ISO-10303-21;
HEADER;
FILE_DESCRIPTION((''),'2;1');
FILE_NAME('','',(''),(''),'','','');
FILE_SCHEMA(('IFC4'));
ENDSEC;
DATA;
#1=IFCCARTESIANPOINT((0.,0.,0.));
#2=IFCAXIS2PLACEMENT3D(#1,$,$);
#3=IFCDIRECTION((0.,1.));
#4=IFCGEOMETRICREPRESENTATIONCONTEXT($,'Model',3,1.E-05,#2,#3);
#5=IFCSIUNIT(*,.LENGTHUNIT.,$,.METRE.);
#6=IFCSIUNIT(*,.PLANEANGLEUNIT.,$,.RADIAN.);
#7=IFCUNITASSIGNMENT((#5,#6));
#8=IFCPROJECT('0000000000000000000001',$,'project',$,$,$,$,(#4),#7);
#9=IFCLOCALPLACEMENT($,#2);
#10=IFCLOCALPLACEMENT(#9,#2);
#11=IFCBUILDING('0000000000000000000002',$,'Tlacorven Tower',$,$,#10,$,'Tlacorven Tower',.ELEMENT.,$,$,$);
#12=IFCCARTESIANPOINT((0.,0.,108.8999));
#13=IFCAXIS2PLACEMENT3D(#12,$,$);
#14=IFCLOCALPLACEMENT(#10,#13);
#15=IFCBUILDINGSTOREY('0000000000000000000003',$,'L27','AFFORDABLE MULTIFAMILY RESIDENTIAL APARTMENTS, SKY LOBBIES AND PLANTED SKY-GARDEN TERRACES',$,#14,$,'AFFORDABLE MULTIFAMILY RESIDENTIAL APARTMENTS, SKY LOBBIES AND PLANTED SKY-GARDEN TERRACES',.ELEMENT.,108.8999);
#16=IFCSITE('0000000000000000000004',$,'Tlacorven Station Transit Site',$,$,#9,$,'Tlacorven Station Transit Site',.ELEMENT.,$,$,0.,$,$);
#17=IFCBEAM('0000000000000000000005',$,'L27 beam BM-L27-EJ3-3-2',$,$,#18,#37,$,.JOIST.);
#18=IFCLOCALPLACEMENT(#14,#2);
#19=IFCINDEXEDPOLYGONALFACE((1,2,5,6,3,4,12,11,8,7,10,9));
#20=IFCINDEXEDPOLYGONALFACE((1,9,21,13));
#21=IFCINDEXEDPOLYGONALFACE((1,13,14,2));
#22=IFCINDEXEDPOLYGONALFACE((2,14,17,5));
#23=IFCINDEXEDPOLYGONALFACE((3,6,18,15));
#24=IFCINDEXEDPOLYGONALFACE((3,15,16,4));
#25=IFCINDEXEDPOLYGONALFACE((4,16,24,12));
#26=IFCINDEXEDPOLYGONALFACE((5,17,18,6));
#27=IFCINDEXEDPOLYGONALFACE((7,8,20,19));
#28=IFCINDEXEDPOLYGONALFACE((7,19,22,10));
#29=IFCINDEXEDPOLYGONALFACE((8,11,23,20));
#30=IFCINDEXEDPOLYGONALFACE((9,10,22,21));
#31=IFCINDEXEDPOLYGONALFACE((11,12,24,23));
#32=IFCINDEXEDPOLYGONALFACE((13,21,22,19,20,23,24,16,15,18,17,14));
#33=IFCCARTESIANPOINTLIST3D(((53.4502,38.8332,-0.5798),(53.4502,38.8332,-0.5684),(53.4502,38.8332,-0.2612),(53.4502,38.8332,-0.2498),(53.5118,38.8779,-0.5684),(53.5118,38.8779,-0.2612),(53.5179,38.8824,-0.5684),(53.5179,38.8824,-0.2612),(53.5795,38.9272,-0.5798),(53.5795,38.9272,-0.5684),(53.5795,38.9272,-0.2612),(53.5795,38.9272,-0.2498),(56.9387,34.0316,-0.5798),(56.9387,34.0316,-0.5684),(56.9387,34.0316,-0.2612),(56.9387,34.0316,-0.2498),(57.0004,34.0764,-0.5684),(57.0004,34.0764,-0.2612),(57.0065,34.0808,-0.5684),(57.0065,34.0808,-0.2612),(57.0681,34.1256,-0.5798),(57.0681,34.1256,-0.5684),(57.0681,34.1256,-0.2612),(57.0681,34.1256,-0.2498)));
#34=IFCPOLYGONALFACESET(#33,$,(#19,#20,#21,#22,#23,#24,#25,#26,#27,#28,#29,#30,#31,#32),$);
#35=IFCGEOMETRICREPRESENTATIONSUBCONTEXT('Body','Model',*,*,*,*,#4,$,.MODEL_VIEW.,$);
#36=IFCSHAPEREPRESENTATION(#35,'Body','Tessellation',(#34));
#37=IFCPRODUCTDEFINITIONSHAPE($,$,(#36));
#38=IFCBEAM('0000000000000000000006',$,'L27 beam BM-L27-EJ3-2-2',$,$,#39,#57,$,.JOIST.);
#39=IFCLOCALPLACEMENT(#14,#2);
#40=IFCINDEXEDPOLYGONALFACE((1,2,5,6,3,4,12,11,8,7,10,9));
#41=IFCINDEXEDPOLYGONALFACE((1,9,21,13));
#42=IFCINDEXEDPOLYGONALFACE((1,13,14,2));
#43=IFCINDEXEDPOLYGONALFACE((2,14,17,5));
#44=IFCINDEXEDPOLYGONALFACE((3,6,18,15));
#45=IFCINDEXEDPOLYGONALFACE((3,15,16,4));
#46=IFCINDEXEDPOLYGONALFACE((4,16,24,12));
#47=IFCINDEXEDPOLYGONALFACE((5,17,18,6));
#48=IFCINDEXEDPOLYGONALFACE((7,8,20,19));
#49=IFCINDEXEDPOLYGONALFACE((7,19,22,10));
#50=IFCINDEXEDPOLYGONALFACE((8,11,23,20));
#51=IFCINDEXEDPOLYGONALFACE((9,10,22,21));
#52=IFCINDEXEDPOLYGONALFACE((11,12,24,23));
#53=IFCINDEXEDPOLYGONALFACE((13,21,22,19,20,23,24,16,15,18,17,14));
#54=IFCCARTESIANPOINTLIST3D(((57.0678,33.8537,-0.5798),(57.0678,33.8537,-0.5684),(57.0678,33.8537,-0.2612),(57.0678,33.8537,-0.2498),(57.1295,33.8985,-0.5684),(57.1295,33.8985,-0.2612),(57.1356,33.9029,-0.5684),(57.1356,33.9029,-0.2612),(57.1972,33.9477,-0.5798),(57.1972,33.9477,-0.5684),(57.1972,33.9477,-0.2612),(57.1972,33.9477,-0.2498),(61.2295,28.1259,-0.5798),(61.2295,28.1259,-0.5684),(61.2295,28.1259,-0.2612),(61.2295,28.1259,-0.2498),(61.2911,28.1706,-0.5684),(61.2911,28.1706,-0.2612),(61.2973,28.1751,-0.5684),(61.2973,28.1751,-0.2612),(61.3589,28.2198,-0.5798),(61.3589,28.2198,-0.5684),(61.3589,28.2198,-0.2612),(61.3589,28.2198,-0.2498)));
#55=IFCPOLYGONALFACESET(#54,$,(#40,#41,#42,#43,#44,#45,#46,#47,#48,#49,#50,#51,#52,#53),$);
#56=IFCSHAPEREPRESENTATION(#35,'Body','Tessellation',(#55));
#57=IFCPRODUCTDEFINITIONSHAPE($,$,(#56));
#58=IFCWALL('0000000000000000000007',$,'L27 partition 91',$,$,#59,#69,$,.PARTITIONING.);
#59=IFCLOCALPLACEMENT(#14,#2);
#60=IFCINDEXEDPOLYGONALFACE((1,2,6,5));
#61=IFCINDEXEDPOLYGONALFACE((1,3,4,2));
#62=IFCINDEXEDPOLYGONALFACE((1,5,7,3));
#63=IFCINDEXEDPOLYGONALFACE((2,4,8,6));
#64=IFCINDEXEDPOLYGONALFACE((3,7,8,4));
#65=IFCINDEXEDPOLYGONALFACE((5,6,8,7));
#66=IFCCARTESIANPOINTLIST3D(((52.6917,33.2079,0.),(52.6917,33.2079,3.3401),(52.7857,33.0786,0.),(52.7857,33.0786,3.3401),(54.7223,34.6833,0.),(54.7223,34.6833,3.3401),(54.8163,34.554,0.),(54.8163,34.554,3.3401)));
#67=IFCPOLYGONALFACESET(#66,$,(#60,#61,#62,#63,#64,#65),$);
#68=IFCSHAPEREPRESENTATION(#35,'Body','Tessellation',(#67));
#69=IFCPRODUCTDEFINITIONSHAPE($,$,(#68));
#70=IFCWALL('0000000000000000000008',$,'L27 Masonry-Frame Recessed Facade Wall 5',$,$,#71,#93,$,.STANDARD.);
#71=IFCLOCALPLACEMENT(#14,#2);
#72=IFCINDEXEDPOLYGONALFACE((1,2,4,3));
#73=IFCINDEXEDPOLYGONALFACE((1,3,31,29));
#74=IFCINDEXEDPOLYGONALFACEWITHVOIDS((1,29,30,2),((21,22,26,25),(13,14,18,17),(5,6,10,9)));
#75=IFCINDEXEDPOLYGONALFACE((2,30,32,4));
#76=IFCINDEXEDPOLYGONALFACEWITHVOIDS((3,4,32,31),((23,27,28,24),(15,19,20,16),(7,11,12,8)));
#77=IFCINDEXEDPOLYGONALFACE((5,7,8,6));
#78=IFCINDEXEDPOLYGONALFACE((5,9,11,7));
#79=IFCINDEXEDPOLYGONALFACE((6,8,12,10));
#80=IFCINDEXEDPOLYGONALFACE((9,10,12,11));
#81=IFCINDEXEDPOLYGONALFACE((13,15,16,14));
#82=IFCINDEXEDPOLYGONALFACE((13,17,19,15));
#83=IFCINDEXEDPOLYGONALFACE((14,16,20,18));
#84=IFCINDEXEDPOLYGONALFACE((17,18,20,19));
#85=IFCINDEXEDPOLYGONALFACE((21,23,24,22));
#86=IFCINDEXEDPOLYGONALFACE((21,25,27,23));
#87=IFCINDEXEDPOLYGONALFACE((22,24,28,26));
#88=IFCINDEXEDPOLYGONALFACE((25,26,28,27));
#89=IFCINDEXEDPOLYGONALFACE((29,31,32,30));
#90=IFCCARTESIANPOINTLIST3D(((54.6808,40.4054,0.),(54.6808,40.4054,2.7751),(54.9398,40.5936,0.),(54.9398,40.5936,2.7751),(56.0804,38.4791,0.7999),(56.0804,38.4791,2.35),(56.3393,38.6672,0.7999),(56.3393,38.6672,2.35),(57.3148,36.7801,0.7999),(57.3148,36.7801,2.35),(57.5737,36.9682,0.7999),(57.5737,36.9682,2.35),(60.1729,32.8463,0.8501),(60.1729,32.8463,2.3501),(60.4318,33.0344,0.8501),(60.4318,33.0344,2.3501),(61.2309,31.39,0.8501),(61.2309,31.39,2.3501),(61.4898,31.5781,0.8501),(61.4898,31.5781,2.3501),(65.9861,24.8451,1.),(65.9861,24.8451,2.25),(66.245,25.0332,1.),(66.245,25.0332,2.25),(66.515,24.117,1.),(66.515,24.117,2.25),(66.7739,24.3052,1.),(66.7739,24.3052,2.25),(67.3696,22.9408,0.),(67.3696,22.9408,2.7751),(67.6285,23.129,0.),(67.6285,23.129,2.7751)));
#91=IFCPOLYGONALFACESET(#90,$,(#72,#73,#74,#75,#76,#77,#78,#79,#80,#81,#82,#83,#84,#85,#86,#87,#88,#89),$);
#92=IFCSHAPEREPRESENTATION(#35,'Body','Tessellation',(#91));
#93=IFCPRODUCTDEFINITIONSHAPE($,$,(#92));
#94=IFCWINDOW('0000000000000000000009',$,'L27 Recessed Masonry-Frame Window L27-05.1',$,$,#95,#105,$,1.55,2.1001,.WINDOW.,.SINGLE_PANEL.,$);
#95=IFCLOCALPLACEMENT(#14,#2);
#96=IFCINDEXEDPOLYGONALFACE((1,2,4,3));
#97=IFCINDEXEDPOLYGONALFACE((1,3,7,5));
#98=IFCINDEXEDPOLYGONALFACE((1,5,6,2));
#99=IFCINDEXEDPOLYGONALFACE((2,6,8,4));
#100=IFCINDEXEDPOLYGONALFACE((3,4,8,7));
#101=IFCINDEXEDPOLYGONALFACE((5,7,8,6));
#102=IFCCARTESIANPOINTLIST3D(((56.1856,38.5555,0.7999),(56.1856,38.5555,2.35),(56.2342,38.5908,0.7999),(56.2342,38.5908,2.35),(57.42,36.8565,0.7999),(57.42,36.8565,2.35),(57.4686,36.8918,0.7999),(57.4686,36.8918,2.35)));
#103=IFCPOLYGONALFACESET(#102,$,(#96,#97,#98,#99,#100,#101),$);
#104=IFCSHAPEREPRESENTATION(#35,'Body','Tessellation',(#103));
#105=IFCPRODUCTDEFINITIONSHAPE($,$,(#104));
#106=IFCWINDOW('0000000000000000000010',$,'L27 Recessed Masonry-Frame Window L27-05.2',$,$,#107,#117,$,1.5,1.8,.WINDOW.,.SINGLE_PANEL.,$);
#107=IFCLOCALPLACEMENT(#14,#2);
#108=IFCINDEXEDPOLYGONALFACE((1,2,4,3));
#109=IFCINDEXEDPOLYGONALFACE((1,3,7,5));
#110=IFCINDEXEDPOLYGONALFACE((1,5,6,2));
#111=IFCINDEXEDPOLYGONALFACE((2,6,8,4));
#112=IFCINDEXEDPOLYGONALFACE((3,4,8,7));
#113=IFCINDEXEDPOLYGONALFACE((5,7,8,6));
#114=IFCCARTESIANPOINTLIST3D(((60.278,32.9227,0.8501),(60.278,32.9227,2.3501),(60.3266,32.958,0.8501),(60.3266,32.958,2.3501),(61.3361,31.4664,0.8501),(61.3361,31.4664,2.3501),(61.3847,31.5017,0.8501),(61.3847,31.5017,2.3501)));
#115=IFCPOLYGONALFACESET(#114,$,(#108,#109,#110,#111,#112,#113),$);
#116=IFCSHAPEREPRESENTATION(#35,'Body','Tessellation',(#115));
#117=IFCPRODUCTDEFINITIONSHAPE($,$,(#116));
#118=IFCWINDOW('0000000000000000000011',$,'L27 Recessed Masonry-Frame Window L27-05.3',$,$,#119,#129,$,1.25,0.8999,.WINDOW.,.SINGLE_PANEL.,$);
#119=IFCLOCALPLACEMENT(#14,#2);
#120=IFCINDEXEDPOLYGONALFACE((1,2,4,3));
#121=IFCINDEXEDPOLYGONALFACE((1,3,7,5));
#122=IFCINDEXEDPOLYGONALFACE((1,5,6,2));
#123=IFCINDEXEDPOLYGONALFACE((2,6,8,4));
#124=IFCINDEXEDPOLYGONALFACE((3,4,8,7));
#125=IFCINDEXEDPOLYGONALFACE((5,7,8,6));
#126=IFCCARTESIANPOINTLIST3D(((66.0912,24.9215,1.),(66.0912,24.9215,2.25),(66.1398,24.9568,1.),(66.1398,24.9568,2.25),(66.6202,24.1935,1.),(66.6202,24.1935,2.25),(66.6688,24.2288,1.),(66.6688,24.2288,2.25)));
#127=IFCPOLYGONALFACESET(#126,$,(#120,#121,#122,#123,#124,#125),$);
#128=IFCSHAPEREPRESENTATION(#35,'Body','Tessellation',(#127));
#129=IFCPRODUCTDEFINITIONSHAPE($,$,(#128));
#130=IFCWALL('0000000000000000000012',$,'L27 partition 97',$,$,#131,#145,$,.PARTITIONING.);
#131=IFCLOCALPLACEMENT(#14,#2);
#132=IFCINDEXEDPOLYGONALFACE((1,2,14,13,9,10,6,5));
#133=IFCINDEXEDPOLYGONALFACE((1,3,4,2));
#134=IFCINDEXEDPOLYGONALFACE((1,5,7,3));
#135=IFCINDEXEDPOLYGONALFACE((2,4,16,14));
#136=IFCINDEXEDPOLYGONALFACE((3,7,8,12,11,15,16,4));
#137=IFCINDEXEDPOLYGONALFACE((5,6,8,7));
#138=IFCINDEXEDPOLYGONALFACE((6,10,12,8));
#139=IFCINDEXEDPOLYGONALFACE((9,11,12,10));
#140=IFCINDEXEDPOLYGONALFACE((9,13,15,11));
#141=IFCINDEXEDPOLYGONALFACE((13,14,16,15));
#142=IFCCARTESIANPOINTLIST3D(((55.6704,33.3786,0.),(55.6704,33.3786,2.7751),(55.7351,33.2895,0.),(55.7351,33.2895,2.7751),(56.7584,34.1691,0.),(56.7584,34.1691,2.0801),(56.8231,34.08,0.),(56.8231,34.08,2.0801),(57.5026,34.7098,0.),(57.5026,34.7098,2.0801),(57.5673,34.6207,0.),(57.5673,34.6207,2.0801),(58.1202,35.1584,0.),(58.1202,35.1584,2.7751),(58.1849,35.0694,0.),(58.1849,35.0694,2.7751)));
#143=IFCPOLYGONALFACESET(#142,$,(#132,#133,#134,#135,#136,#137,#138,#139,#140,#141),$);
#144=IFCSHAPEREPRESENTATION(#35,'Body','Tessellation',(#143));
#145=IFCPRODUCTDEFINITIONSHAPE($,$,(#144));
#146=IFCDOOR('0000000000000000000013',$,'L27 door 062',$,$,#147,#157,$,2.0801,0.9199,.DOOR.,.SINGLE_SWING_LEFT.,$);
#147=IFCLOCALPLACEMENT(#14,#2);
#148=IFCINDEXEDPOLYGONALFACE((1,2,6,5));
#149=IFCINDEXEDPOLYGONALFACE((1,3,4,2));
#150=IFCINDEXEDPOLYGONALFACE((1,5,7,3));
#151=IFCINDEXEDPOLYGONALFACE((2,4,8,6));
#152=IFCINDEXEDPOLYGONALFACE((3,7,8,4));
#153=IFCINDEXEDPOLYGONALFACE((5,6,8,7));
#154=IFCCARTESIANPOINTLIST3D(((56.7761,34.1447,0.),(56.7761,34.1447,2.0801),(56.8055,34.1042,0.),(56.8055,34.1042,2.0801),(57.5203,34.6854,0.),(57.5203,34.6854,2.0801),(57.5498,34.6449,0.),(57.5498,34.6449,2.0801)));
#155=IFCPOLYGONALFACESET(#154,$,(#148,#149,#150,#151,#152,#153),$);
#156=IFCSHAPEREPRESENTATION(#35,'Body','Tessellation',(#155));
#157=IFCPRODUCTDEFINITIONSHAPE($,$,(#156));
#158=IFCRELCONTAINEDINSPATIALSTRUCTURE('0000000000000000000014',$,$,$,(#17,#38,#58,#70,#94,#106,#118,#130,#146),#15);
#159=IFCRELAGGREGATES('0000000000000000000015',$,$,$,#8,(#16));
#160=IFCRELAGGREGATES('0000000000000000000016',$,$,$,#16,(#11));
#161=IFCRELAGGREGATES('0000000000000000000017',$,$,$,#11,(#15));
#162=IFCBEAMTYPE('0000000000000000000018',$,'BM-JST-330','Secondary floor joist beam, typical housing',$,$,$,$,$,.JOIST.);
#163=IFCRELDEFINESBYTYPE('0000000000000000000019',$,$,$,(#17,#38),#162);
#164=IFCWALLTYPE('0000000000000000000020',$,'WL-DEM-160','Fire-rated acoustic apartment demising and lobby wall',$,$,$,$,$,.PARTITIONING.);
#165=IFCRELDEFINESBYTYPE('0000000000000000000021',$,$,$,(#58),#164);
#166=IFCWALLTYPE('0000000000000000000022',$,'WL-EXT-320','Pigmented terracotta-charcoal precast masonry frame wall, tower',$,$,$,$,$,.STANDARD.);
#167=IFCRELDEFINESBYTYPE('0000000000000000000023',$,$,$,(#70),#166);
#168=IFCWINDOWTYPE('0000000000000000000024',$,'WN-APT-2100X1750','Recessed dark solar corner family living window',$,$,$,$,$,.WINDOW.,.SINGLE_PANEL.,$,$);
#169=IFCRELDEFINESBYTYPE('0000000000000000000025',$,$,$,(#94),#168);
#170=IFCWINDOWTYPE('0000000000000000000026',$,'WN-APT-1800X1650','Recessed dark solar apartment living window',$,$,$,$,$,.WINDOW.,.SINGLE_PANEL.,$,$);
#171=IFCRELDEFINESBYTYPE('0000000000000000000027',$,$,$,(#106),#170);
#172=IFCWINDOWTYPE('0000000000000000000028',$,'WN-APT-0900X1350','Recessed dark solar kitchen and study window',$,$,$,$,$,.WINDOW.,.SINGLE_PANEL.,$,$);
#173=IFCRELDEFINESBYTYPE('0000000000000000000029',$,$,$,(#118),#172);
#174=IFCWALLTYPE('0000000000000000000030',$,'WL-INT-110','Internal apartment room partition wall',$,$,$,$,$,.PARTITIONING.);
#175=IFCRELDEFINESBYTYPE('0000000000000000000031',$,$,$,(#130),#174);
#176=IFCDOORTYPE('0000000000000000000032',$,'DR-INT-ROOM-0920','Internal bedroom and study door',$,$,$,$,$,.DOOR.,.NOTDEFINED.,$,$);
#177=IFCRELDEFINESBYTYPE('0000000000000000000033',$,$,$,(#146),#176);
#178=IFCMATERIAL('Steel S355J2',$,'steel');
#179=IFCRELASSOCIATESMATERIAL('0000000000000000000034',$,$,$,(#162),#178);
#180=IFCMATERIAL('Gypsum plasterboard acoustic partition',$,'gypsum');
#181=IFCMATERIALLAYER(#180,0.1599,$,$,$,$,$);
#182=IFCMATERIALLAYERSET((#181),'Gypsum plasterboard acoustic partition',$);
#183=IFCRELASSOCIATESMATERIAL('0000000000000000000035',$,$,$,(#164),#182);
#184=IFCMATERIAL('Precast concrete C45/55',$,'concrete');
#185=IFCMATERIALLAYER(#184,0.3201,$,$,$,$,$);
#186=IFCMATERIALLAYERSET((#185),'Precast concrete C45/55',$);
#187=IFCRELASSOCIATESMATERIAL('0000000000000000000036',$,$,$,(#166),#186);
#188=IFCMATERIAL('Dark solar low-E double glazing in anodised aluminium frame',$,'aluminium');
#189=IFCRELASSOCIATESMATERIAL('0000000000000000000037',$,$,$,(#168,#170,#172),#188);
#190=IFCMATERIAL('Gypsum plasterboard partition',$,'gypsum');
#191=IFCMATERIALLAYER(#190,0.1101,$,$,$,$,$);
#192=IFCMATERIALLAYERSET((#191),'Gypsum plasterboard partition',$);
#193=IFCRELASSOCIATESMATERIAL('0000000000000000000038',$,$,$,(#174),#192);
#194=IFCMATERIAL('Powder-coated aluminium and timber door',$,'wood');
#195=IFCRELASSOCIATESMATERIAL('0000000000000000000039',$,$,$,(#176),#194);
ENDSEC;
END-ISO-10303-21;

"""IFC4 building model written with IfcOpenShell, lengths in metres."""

from ifc_helpers import new_model, si_unit, direction, frame, frame_2d, origin, origin_2d, place, context, subcontext, project, spatial, rectangle, i_section, extrude, source, transform, mapped, material, layer, layer_set, material_profile, profile_set, type_object, element, fill, save


model = new_model("IFC4")

# Units and contexts
model_context = context("Model", 3, precision=1e-05, world=origin(), true_north=direction((0.0, 1.0)))
body_context = subcontext(model_context, "Body", "Model", "MODEL_VIEW")
ifc_project = project(units=[si_unit("LENGTHUNIT", "METRE"), si_unit("PLANEANGLEUNIT", "RADIAN")], contexts=[model_context])

# Site, building, storey
site_placement = place(None, origin())
site = spatial("IfcSite", under=ifc_project, at=site_placement, Name="Tlacorven Station Transit Site", LongName="Tlacorven Station Transit Site", CompositionType="ELEMENT", RefElevation=0.0)
building_placement = place(site_placement, origin())
building = spatial("IfcBuilding", under=site, at=building_placement, Name="Tlacorven Tower", LongName="Tlacorven Tower", CompositionType="ELEMENT")
storey_placement = place(building_placement, frame((0.0, 0.0, 108.8999)))
storey = spatial("IfcBuildingStorey", under=building, at=storey_placement, Name="L27", Description="AFFORDABLE MULTIFAMILY RESIDENTIAL APARTMENTS, SKY LOBBIES AND PLANTED SKY-GARDEN TERRACES", LongName="AFFORDABLE MULTIFAMILY RESIDENTIAL APARTMENTS, SKY LOBBIES AND PLANTED SKY-GARDEN TERRACES", CompositionType="ELEMENT", Elevation=108.8999)

# Beams
ifc_material_1 = material(Name="Steel S355J2", Category="steel")
ifc_material_profile_1 = material_profile(ifc_material_1, i_section(OverallWidth=0.1599, OverallDepth=0.3301, WebThickness=0.0076, FlangeThickness=0.0115, at=origin_2d()), Name="IPE 330")
ifc_profile_set_1 = profile_set([ifc_material_profile_1], Name="Steel S355J2")
beam_type_1 = type_object("IfcBeamType", Name="BM-JST-330", Description="Secondary floor joist beam, typical housing", PredefinedType="JOIST", material=ifc_profile_set_1)
shared_shape_1 = source(origin(), body_context, "Body", "SweptSolid", [
    extrude(i_section(OverallWidth=0.1599, OverallDepth=0.3301, WebThickness=0.0076, FlangeThickness=0.0115, at=origin_2d()), origin(), (0.0, 0.0, 1.0), 5.9351),
])
for number, where, z_axis, x_axis, name in (
    (1, (57.0034, 34.0786, -0.4148), (-0.587788, 0.809015, 0.0), (-0.809015, -0.587788, 0.0), "L27 beam BM-L27-EJ3-3-2"),
):
    element("IfcBeam", number, at=place(storey_placement, frame(where, z_axis=z_axis, x_axis=x_axis)), inside=storey, type_object=beam_type_1, Name=name, PredefinedType="JOIST", context=body_context, shape_type="MappedRepresentation", body=[
        mapped(shared_shape_1, transform((0.0, 0.0, 0.0), scale=1.0)),
    ])
shared_shape_2 = source(origin(), body_context, "Body", "SweptSolid", [
    extrude(i_section(OverallWidth=0.1599, OverallDepth=0.3301, WebThickness=0.0076, FlangeThickness=0.0115, at=origin_2d()), origin(), (0.0, 0.0, 1.0), 7.0801),
])
beam_1_placement = place(storey_placement, frame((61.2942, 28.1729, -0.4148), z_axis=(-0.587798, 0.809007, 0.0), x_axis=(-0.809007, -0.587798, 0.0)))
element("IfcBeam", 2, at=beam_1_placement, inside=storey, type_object=beam_type_1, Name="L27 beam BM-L27-EJ3-2-2", PredefinedType="JOIST", context=body_context, shape_type="MappedRepresentation", body=[
    mapped(shared_shape_2, transform((0.0, 0.0, 0.0), scale=1.0)),
])

# Wall
ifc_material_2 = material(Name="Gypsum plasterboard acoustic partition", Category="gypsum")
ifc_layer_1 = layer(ifc_material_2, 0.1599)
ifc_layer_set_1 = layer_set([ifc_layer_1], Name="Gypsum plasterboard acoustic partition")
wall_type_1 = type_object("IfcWallType", Name="WL-DEM-160", Description="Fire-rated acoustic apartment demising and lobby wall", PredefinedType="PARTITIONING", material=ifc_layer_set_1)
wall_1_placement = place(storey_placement, frame((52.7388, 33.1433, 0.0), z_axis=(0.0, 0.0, 1.0), x_axis=(0.809001, 0.587807, 0.0)))
element("IfcWall", 3, at=wall_1_placement, inside=storey, type_object=wall_type_1, Name="L27 partition 91", PredefinedType="PARTITIONING", context=body_context, shape_type="SweptSolid", body=[
    extrude(rectangle(XDim=2.51, YDim=0.1599, at=frame_2d((1.2549, 0.0))), origin(), (0.0, 0.0, 1.0), 3.3401),
])

# Wall, openings, windows
ifc_material_3 = material(Name="Precast concrete C45/55", Category="concrete")
ifc_layer_2 = layer(ifc_material_3, 0.3201)
ifc_layer_set_2 = layer_set([ifc_layer_2], Name="Precast concrete C45/55")
wall_type_2 = type_object("IfcWallType", Name="WL-EXT-320", Description="Pigmented terracotta-charcoal precast masonry frame wall, tower", PredefinedType="STANDARD", material=ifc_layer_set_2)
wall_2_placement = place(storey_placement, frame((54.8103, 40.4995, 0.0), z_axis=(0.0, 0.0, 1.0), x_axis=(0.587784, -0.809018, 0.0)))
wall_2 = element("IfcWall", 4, at=wall_2_placement, inside=storey, type_object=wall_type_2, Name="L27 Masonry-Frame Recessed Facade Wall 5", PredefinedType="STANDARD", context=body_context, shape_type="SweptSolid", body=[
    extrude(rectangle(XDim=21.5874, YDim=0.3201, at=frame_2d((10.7937, 0.0))), origin(), (0.0, 0.0, 1.0), 2.7751),
])
opening_1_placement = place(wall_2_placement, frame((2.3811, 0.0, 0.8)))
opening_1 = element("IfcOpeningElement", 5, at=opening_1_placement, cuts=wall_2, PredefinedType="OPENING", context=body_context, shape_type="SweptSolid", body=[
    extrude(rectangle(XDim=2.1001, YDim=1.55, at=frame_2d((1.05, 0.7749))), frame((0.0, 0.1699, 0.0), z_axis=(0.0, -1.0, 0.0), x_axis=(1.0, 0.0, 0.0)), (0.0, 0.0, 1.0), 0.3401),
])
opening_2_placement = place(wall_2_placement, frame((9.3438, 0.0, 0.8501)))
opening_2 = element("IfcOpeningElement", 6, at=opening_2_placement, cuts=wall_2, PredefinedType="OPENING", context=body_context, shape_type="SweptSolid", body=[
    extrude(rectangle(XDim=1.8, YDim=1.5, at=frame_2d((0.8999, 0.75))), frame((0.0, 0.1699, 0.0), z_axis=(0.0, -1.0, 0.0), x_axis=(1.0, 0.0, 0.0)), (0.0, 0.0, 1.0), 0.3401),
])
opening_3_placement = place(wall_2_placement, frame((19.2336, 0.0, 1.0)))
opening_3 = element("IfcOpeningElement", 7, at=opening_3_placement, cuts=wall_2, PredefinedType="OPENING", context=body_context, shape_type="SweptSolid", body=[
    extrude(rectangle(XDim=0.8999, YDim=1.25, at=frame_2d((0.45, 0.625))), frame((0.0, 0.1699, 0.0), z_axis=(0.0, -1.0, 0.0), x_axis=(1.0, 0.0, 0.0)), (0.0, 0.0, 1.0), 0.3401),
])
ifc_material_4 = material(Name="Dark solar low-E double glazing in anodised aluminium frame", Category="aluminium")
window_type_1 = type_object("IfcWindowType", Name="WN-APT-2100X1750", Description="Recessed dark solar corner family living window", PartitioningType="SINGLE_PANEL", PredefinedType="WINDOW", material=ifc_material_4)
shared_shape_3 = source(origin(), body_context, "Body", "SweptSolid", [
    extrude(rectangle(XDim=2.1001, YDim=1.55, at=frame_2d((1.05, 0.7749))), frame((0.0, 0.03, 0.0), z_axis=(0.0, -1.0, 0.0), x_axis=(1.0, 0.0, 0.0)), (0.0, 0.0, 1.0), 0.0601),
])
window_1_placement = place(opening_1_placement, origin())
window_1 = element("IfcWindow", 8, at=window_1_placement, inside=storey, type_object=window_type_1, Name="L27 Recessed Masonry-Frame Window L27-05.1", OverallHeight=1.55, OverallWidth=2.1001, PartitioningType="SINGLE_PANEL", PredefinedType="WINDOW", context=body_context, shape_type="MappedRepresentation", body=[
    mapped(shared_shape_3, transform((0.0, 0.0, 0.0), scale=1.0)),
])
fill(opening_1, window_1)
window_type_2 = type_object("IfcWindowType", Name="WN-APT-1800X1650", Description="Recessed dark solar apartment living window", PartitioningType="SINGLE_PANEL", PredefinedType="WINDOW", material=ifc_material_4)
shared_shape_4 = source(origin(), body_context, "Body", "SweptSolid", [
    extrude(rectangle(XDim=1.8, YDim=1.5, at=frame_2d((0.8999, 0.75))), frame((0.0, 0.03, 0.0), z_axis=(0.0, -1.0, 0.0), x_axis=(1.0, 0.0, 0.0)), (0.0, 0.0, 1.0), 0.0601),
])
window_2_placement = place(opening_2_placement, origin())
window_2 = element("IfcWindow", 9, at=window_2_placement, inside=storey, type_object=window_type_2, Name="L27 Recessed Masonry-Frame Window L27-05.2", OverallHeight=1.5, OverallWidth=1.8, PartitioningType="SINGLE_PANEL", PredefinedType="WINDOW", context=body_context, shape_type="MappedRepresentation", body=[
    mapped(shared_shape_4, transform((0.0, 0.0, 0.0), scale=1.0)),
])
fill(opening_2, window_2)
window_type_3 = type_object("IfcWindowType", Name="WN-APT-0900X1350", Description="Recessed dark solar kitchen and study window", PartitioningType="SINGLE_PANEL", PredefinedType="WINDOW", material=ifc_material_4)
shared_shape_5 = source(origin(), body_context, "Body", "SweptSolid", [
    extrude(rectangle(XDim=0.8999, YDim=1.25, at=frame_2d((0.45, 0.625))), frame((0.0, 0.03, 0.0), z_axis=(0.0, -1.0, 0.0), x_axis=(1.0, 0.0, 0.0)), (0.0, 0.0, 1.0), 0.0601),
])
window_3_placement = place(opening_3_placement, origin())
window_3 = element("IfcWindow", 10, at=window_3_placement, inside=storey, type_object=window_type_3, Name="L27 Recessed Masonry-Frame Window L27-05.3", OverallHeight=1.25, OverallWidth=0.8999, PartitioningType="SINGLE_PANEL", PredefinedType="WINDOW", context=body_context, shape_type="MappedRepresentation", body=[
    mapped(shared_shape_5, transform((0.0, 0.0, 0.0), scale=1.0)),
])
fill(opening_3, window_3)

# Wall, opening, door
ifc_material_5 = material(Name="Gypsum plasterboard partition", Category="gypsum")
ifc_layer_3 = layer(ifc_material_5, 0.1101)
ifc_layer_set_3 = layer_set([ifc_layer_3], Name="Gypsum plasterboard partition")
wall_type_3 = type_object("IfcWallType", Name="WL-INT-110", Description="Internal apartment room partition wall", PredefinedType="PARTITIONING", material=ifc_layer_set_3)
wall_3_placement = place(storey_placement, frame((55.7026, 33.334, 0.0), z_axis=(0.0, 0.0, 1.0), x_axis=(0.809022, 0.587779, 0.0)))
wall_3 = element("IfcWall", 11, at=wall_3_placement, inside=storey, type_object=wall_type_3, Name="L27 partition 97", PredefinedType="PARTITIONING", context=body_context, shape_type="SweptSolid", body=[
    extrude(rectangle(XDim=3.0281, YDim=0.1101, at=frame_2d((1.5142, 0.0))), origin(), (0.0, 0.0, 1.0), 2.7751),
])
opening_4_placement = place(wall_3_placement, frame((1.345, 0.0, 0.0)))
opening_4 = element("IfcOpeningElement", 12, at=opening_4_placement, cuts=wall_3, PredefinedType="OPENING", context=body_context, shape_type="SweptSolid", body=[
    extrude(rectangle(XDim=0.9199, YDim=2.0801, at=frame_2d((0.46, 1.04))), frame((0.0, 0.0649, 0.0), z_axis=(0.0, -1.0, 0.0), x_axis=(1.0, 0.0, 0.0)), (0.0, 0.0, 1.0), 0.1301),
])
ifc_material_6 = material(Name="Powder-coated aluminium and timber door", Category="wood")
door_type = type_object("IfcDoorType", Name="DR-INT-ROOM-0920", Description="Internal bedroom and study door", OperationType="NOTDEFINED", PredefinedType="DOOR", material=ifc_material_6)
shared_shape_6 = source(origin(), body_context, "Body", "SweptSolid", [
    extrude(rectangle(XDim=0.9199, YDim=2.0801, at=frame_2d((0.46, 1.04))), frame((0.0, 0.0249, 0.0), z_axis=(0.0, -1.0, 0.0), x_axis=(1.0, 0.0, 0.0)), (0.0, 0.0, 1.0), 0.05),
])
door_placement = place(opening_4_placement, origin())
door = element("IfcDoor", 13, at=door_placement, inside=storey, type_object=door_type, Name="L27 door 062", OperationType="SINGLE_SWING_LEFT", OverallHeight=2.0801, OverallWidth=0.9199, PredefinedType="DOOR", context=body_context, shape_type="MappedRepresentation", body=[
    mapped(shared_shape_6, transform((0.0, 0.0, 0.0), scale=1.0)),
])
fill(opening_4, door)

save(model, "model.ifc")
